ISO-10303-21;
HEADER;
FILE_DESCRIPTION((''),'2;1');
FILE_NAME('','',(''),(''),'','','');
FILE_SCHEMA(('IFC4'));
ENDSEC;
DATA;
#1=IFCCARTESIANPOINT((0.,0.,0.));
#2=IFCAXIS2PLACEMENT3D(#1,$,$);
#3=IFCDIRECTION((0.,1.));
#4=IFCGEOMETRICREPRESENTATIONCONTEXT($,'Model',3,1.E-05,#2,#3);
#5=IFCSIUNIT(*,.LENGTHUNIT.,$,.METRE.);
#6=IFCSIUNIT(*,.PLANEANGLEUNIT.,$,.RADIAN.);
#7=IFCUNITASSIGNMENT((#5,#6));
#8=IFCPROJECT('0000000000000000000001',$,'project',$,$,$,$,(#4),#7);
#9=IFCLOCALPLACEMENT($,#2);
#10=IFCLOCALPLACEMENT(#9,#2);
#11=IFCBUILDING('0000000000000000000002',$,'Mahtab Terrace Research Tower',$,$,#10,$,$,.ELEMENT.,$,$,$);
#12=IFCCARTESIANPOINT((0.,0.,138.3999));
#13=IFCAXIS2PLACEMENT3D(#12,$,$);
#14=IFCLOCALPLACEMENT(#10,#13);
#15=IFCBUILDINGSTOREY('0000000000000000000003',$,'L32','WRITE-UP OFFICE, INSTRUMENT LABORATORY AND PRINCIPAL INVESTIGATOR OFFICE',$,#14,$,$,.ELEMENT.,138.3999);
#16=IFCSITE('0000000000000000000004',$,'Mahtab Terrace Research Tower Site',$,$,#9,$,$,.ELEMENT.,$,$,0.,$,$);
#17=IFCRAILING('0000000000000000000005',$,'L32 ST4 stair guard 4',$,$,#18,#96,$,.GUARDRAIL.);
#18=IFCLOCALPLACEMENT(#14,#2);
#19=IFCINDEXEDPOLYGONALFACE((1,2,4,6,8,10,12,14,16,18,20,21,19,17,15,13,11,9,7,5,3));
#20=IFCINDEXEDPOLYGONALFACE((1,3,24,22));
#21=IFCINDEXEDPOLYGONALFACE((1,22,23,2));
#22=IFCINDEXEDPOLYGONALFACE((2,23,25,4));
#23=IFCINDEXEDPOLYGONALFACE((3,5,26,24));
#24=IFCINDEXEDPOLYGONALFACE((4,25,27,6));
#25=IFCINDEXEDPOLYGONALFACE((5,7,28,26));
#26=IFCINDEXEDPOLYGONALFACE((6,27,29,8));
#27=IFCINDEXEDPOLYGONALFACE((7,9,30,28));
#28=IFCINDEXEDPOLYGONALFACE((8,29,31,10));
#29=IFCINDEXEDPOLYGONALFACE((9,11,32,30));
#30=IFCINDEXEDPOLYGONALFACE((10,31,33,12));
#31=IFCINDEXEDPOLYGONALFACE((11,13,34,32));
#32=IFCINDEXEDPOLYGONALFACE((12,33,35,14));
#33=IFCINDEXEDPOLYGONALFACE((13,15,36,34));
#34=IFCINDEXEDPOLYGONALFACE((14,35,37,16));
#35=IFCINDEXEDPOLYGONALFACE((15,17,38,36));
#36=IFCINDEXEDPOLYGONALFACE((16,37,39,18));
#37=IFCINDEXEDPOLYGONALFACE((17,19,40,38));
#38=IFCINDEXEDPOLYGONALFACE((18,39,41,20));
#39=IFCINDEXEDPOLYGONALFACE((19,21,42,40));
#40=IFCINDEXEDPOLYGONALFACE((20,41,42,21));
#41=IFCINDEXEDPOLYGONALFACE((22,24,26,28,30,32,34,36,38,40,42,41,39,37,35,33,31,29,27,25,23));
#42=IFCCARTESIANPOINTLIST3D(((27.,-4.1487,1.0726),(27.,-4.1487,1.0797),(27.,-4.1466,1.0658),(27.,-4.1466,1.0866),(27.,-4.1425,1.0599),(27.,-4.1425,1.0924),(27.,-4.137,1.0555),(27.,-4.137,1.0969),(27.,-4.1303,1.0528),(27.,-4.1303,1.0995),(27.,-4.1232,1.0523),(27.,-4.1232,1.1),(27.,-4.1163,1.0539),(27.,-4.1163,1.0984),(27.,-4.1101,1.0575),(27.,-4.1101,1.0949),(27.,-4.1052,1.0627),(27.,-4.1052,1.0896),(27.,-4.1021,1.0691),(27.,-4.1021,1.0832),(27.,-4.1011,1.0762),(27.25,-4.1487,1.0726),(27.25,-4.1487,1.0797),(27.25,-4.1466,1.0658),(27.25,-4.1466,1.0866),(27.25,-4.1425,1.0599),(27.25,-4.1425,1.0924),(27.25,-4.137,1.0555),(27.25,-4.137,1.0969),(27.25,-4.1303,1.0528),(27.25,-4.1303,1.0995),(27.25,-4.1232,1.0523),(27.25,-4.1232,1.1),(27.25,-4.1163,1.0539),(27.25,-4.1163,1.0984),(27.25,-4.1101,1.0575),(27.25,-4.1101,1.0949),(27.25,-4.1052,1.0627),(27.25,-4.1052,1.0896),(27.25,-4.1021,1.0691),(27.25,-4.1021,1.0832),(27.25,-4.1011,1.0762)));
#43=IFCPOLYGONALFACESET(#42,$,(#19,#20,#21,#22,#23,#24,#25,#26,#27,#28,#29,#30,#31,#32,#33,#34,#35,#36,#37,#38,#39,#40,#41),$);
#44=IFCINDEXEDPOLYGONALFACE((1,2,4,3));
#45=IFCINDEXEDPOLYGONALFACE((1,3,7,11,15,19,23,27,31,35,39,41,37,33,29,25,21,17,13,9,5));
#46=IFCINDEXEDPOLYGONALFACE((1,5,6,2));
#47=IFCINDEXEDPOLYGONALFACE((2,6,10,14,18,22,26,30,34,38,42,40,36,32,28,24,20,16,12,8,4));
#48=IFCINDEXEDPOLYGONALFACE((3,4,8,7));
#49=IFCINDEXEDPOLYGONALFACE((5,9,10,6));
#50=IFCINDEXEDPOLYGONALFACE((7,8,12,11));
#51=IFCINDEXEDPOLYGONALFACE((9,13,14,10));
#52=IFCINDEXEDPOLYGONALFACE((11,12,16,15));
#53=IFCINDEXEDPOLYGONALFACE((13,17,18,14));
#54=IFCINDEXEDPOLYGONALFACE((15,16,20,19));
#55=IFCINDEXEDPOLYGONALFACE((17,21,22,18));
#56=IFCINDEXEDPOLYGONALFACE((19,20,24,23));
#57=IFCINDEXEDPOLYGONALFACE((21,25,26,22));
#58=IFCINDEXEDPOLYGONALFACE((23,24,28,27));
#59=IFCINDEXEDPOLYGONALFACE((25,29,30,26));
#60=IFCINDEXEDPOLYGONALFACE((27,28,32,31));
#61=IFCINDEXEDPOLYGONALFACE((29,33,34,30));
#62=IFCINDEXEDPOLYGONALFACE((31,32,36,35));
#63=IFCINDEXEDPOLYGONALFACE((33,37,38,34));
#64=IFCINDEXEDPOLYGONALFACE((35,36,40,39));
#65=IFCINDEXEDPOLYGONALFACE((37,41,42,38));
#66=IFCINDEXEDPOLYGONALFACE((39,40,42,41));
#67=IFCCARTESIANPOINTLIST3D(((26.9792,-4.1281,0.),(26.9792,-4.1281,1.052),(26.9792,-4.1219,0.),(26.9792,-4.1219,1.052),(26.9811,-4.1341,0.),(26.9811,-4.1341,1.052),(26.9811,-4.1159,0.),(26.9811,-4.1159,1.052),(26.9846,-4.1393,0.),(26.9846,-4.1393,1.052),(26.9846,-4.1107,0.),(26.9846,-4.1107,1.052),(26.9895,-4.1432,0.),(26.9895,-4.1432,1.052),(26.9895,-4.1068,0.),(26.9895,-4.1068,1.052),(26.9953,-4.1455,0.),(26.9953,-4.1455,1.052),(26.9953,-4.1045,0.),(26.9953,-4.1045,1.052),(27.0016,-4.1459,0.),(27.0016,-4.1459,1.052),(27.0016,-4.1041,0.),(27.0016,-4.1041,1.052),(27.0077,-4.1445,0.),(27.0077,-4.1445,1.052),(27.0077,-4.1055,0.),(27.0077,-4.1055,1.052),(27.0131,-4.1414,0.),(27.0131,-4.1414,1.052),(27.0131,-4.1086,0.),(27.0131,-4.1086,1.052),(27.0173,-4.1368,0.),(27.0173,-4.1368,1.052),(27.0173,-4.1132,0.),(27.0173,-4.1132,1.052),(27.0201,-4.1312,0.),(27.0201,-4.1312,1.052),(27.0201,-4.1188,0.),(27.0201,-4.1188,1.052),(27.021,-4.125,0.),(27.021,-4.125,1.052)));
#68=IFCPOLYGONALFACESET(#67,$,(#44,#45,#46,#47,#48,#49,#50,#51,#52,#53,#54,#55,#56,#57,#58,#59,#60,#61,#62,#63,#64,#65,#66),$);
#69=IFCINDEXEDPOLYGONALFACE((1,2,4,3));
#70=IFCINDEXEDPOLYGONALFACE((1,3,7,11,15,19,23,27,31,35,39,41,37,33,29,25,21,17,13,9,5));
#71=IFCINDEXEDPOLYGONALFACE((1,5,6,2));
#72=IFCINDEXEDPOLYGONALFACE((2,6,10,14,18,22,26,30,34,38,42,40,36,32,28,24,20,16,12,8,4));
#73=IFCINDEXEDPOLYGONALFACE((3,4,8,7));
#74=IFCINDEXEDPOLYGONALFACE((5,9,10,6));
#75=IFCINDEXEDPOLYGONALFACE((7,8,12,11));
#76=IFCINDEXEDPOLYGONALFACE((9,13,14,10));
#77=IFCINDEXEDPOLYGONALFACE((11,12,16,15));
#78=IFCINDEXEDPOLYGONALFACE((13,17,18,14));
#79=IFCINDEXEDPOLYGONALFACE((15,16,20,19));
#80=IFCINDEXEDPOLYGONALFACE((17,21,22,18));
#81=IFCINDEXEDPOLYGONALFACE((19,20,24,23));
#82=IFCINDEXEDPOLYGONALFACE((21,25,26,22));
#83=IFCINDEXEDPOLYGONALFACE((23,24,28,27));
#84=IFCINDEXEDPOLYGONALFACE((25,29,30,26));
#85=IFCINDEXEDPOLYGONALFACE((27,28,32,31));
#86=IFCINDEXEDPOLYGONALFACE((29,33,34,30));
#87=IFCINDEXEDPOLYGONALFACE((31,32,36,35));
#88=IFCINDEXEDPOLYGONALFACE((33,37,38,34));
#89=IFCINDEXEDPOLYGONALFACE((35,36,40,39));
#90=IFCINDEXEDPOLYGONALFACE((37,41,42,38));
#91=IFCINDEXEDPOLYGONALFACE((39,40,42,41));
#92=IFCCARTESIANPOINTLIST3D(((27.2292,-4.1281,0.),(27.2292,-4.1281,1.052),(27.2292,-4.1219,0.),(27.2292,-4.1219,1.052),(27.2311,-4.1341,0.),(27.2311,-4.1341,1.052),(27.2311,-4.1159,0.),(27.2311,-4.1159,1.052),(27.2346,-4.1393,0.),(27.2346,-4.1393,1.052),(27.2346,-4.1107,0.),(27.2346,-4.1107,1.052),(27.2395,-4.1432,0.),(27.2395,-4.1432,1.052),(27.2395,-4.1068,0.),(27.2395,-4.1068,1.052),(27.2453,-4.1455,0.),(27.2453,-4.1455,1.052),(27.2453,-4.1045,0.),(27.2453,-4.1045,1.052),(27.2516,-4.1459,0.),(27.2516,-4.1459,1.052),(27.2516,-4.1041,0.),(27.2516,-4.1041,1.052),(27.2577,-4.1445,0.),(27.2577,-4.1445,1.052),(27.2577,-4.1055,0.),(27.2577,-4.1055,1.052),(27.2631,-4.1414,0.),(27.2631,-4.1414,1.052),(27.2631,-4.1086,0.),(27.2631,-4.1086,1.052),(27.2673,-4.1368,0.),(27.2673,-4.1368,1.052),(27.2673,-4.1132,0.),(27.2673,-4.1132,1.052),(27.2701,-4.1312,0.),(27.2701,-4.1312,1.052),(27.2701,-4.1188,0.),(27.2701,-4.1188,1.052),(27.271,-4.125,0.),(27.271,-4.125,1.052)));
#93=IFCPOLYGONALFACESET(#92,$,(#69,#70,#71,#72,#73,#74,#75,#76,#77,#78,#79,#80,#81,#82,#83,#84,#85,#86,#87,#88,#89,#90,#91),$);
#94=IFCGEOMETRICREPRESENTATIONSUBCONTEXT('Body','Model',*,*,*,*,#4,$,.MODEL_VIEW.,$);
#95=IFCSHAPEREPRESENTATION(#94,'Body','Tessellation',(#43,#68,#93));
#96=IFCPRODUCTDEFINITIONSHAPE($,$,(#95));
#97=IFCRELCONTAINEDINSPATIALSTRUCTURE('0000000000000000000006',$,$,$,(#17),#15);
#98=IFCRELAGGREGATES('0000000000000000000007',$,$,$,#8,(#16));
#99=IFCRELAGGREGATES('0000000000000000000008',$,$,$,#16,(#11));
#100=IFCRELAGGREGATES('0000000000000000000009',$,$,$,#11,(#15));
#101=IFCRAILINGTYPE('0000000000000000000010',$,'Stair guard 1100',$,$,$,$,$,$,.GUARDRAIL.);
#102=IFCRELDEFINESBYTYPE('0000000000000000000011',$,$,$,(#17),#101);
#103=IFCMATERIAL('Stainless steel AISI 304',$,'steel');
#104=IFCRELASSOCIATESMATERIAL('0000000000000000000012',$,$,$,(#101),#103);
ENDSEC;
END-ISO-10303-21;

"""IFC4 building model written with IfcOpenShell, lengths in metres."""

from ifc_helpers import new_model, si_unit, direction, frame, origin, origin_2d, place, context, subcontext, project, spatial, circle, extrude, material, type_object, element, save


model = new_model("IFC4")

# Units and contexts
model_context = context("Model", 3, precision=1e-05, world=origin(), true_north=direction((0.0, 1.0)))
body_context = subcontext(model_context, "Body", "Model", "MODEL_VIEW")
ifc_project = project(units=[si_unit("LENGTHUNIT", "METRE"), si_unit("PLANEANGLEUNIT", "RADIAN")], contexts=[model_context])

# Site, building, storey
site_placement = place(None, origin())
site = spatial("IfcSite", under=ifc_project, at=site_placement, Name="Mahtab Terrace Research Tower Site", CompositionType="ELEMENT", RefElevation=0.0)
building_placement = place(site_placement, origin())
building = spatial("IfcBuilding", under=site, at=building_placement, Name="Mahtab Terrace Research Tower", CompositionType="ELEMENT")
storey_placement = place(building_placement, frame((0.0, 0.0, 138.3999)))
storey = spatial("IfcBuildingStorey", under=building, at=storey_placement, Name="L32", Description="WRITE-UP OFFICE, INSTRUMENT LABORATORY AND PRINCIPAL INVESTIGATOR OFFICE", CompositionType="ELEMENT", Elevation=138.3999)

# Railing
ifc_material_1 = material(Name="Stainless steel AISI 304", Category="steel")
railing_type_1 = type_object("IfcRailingType", Name="Stair guard 1100", PredefinedType="GUARDRAIL", material=ifc_material_1)
railing_1_placement = place(storey_placement, frame((27.0, -4.125, 0.0)))
element("IfcRailing", 1, at=railing_1_placement, inside=storey, type_object=railing_type_1, Name="L32 ST4 stair guard 4", PredefinedType="GUARDRAIL", context=body_context, shape_type="SweptSolid", body=[
    extrude(circle(Radius=0.0239, at=origin_2d()), frame((0.0, 0.0, 1.0762), z_axis=(1.0, 0.0, 0.0), x_axis=(0.0, 1.0, 0.0)), (0.0, 0.0, 1.0), 0.25),
    extrude(circle(Radius=0.021, at=origin_2d()), origin(), (0.0, 0.0, 1.0), 1.052),
    extrude(circle(Radius=0.021, at=origin_2d()), frame((0.25, 0.0, 0.0)), (0.0, 0.0, 1.0), 1.052),
])

save(model, "model.ifc")
